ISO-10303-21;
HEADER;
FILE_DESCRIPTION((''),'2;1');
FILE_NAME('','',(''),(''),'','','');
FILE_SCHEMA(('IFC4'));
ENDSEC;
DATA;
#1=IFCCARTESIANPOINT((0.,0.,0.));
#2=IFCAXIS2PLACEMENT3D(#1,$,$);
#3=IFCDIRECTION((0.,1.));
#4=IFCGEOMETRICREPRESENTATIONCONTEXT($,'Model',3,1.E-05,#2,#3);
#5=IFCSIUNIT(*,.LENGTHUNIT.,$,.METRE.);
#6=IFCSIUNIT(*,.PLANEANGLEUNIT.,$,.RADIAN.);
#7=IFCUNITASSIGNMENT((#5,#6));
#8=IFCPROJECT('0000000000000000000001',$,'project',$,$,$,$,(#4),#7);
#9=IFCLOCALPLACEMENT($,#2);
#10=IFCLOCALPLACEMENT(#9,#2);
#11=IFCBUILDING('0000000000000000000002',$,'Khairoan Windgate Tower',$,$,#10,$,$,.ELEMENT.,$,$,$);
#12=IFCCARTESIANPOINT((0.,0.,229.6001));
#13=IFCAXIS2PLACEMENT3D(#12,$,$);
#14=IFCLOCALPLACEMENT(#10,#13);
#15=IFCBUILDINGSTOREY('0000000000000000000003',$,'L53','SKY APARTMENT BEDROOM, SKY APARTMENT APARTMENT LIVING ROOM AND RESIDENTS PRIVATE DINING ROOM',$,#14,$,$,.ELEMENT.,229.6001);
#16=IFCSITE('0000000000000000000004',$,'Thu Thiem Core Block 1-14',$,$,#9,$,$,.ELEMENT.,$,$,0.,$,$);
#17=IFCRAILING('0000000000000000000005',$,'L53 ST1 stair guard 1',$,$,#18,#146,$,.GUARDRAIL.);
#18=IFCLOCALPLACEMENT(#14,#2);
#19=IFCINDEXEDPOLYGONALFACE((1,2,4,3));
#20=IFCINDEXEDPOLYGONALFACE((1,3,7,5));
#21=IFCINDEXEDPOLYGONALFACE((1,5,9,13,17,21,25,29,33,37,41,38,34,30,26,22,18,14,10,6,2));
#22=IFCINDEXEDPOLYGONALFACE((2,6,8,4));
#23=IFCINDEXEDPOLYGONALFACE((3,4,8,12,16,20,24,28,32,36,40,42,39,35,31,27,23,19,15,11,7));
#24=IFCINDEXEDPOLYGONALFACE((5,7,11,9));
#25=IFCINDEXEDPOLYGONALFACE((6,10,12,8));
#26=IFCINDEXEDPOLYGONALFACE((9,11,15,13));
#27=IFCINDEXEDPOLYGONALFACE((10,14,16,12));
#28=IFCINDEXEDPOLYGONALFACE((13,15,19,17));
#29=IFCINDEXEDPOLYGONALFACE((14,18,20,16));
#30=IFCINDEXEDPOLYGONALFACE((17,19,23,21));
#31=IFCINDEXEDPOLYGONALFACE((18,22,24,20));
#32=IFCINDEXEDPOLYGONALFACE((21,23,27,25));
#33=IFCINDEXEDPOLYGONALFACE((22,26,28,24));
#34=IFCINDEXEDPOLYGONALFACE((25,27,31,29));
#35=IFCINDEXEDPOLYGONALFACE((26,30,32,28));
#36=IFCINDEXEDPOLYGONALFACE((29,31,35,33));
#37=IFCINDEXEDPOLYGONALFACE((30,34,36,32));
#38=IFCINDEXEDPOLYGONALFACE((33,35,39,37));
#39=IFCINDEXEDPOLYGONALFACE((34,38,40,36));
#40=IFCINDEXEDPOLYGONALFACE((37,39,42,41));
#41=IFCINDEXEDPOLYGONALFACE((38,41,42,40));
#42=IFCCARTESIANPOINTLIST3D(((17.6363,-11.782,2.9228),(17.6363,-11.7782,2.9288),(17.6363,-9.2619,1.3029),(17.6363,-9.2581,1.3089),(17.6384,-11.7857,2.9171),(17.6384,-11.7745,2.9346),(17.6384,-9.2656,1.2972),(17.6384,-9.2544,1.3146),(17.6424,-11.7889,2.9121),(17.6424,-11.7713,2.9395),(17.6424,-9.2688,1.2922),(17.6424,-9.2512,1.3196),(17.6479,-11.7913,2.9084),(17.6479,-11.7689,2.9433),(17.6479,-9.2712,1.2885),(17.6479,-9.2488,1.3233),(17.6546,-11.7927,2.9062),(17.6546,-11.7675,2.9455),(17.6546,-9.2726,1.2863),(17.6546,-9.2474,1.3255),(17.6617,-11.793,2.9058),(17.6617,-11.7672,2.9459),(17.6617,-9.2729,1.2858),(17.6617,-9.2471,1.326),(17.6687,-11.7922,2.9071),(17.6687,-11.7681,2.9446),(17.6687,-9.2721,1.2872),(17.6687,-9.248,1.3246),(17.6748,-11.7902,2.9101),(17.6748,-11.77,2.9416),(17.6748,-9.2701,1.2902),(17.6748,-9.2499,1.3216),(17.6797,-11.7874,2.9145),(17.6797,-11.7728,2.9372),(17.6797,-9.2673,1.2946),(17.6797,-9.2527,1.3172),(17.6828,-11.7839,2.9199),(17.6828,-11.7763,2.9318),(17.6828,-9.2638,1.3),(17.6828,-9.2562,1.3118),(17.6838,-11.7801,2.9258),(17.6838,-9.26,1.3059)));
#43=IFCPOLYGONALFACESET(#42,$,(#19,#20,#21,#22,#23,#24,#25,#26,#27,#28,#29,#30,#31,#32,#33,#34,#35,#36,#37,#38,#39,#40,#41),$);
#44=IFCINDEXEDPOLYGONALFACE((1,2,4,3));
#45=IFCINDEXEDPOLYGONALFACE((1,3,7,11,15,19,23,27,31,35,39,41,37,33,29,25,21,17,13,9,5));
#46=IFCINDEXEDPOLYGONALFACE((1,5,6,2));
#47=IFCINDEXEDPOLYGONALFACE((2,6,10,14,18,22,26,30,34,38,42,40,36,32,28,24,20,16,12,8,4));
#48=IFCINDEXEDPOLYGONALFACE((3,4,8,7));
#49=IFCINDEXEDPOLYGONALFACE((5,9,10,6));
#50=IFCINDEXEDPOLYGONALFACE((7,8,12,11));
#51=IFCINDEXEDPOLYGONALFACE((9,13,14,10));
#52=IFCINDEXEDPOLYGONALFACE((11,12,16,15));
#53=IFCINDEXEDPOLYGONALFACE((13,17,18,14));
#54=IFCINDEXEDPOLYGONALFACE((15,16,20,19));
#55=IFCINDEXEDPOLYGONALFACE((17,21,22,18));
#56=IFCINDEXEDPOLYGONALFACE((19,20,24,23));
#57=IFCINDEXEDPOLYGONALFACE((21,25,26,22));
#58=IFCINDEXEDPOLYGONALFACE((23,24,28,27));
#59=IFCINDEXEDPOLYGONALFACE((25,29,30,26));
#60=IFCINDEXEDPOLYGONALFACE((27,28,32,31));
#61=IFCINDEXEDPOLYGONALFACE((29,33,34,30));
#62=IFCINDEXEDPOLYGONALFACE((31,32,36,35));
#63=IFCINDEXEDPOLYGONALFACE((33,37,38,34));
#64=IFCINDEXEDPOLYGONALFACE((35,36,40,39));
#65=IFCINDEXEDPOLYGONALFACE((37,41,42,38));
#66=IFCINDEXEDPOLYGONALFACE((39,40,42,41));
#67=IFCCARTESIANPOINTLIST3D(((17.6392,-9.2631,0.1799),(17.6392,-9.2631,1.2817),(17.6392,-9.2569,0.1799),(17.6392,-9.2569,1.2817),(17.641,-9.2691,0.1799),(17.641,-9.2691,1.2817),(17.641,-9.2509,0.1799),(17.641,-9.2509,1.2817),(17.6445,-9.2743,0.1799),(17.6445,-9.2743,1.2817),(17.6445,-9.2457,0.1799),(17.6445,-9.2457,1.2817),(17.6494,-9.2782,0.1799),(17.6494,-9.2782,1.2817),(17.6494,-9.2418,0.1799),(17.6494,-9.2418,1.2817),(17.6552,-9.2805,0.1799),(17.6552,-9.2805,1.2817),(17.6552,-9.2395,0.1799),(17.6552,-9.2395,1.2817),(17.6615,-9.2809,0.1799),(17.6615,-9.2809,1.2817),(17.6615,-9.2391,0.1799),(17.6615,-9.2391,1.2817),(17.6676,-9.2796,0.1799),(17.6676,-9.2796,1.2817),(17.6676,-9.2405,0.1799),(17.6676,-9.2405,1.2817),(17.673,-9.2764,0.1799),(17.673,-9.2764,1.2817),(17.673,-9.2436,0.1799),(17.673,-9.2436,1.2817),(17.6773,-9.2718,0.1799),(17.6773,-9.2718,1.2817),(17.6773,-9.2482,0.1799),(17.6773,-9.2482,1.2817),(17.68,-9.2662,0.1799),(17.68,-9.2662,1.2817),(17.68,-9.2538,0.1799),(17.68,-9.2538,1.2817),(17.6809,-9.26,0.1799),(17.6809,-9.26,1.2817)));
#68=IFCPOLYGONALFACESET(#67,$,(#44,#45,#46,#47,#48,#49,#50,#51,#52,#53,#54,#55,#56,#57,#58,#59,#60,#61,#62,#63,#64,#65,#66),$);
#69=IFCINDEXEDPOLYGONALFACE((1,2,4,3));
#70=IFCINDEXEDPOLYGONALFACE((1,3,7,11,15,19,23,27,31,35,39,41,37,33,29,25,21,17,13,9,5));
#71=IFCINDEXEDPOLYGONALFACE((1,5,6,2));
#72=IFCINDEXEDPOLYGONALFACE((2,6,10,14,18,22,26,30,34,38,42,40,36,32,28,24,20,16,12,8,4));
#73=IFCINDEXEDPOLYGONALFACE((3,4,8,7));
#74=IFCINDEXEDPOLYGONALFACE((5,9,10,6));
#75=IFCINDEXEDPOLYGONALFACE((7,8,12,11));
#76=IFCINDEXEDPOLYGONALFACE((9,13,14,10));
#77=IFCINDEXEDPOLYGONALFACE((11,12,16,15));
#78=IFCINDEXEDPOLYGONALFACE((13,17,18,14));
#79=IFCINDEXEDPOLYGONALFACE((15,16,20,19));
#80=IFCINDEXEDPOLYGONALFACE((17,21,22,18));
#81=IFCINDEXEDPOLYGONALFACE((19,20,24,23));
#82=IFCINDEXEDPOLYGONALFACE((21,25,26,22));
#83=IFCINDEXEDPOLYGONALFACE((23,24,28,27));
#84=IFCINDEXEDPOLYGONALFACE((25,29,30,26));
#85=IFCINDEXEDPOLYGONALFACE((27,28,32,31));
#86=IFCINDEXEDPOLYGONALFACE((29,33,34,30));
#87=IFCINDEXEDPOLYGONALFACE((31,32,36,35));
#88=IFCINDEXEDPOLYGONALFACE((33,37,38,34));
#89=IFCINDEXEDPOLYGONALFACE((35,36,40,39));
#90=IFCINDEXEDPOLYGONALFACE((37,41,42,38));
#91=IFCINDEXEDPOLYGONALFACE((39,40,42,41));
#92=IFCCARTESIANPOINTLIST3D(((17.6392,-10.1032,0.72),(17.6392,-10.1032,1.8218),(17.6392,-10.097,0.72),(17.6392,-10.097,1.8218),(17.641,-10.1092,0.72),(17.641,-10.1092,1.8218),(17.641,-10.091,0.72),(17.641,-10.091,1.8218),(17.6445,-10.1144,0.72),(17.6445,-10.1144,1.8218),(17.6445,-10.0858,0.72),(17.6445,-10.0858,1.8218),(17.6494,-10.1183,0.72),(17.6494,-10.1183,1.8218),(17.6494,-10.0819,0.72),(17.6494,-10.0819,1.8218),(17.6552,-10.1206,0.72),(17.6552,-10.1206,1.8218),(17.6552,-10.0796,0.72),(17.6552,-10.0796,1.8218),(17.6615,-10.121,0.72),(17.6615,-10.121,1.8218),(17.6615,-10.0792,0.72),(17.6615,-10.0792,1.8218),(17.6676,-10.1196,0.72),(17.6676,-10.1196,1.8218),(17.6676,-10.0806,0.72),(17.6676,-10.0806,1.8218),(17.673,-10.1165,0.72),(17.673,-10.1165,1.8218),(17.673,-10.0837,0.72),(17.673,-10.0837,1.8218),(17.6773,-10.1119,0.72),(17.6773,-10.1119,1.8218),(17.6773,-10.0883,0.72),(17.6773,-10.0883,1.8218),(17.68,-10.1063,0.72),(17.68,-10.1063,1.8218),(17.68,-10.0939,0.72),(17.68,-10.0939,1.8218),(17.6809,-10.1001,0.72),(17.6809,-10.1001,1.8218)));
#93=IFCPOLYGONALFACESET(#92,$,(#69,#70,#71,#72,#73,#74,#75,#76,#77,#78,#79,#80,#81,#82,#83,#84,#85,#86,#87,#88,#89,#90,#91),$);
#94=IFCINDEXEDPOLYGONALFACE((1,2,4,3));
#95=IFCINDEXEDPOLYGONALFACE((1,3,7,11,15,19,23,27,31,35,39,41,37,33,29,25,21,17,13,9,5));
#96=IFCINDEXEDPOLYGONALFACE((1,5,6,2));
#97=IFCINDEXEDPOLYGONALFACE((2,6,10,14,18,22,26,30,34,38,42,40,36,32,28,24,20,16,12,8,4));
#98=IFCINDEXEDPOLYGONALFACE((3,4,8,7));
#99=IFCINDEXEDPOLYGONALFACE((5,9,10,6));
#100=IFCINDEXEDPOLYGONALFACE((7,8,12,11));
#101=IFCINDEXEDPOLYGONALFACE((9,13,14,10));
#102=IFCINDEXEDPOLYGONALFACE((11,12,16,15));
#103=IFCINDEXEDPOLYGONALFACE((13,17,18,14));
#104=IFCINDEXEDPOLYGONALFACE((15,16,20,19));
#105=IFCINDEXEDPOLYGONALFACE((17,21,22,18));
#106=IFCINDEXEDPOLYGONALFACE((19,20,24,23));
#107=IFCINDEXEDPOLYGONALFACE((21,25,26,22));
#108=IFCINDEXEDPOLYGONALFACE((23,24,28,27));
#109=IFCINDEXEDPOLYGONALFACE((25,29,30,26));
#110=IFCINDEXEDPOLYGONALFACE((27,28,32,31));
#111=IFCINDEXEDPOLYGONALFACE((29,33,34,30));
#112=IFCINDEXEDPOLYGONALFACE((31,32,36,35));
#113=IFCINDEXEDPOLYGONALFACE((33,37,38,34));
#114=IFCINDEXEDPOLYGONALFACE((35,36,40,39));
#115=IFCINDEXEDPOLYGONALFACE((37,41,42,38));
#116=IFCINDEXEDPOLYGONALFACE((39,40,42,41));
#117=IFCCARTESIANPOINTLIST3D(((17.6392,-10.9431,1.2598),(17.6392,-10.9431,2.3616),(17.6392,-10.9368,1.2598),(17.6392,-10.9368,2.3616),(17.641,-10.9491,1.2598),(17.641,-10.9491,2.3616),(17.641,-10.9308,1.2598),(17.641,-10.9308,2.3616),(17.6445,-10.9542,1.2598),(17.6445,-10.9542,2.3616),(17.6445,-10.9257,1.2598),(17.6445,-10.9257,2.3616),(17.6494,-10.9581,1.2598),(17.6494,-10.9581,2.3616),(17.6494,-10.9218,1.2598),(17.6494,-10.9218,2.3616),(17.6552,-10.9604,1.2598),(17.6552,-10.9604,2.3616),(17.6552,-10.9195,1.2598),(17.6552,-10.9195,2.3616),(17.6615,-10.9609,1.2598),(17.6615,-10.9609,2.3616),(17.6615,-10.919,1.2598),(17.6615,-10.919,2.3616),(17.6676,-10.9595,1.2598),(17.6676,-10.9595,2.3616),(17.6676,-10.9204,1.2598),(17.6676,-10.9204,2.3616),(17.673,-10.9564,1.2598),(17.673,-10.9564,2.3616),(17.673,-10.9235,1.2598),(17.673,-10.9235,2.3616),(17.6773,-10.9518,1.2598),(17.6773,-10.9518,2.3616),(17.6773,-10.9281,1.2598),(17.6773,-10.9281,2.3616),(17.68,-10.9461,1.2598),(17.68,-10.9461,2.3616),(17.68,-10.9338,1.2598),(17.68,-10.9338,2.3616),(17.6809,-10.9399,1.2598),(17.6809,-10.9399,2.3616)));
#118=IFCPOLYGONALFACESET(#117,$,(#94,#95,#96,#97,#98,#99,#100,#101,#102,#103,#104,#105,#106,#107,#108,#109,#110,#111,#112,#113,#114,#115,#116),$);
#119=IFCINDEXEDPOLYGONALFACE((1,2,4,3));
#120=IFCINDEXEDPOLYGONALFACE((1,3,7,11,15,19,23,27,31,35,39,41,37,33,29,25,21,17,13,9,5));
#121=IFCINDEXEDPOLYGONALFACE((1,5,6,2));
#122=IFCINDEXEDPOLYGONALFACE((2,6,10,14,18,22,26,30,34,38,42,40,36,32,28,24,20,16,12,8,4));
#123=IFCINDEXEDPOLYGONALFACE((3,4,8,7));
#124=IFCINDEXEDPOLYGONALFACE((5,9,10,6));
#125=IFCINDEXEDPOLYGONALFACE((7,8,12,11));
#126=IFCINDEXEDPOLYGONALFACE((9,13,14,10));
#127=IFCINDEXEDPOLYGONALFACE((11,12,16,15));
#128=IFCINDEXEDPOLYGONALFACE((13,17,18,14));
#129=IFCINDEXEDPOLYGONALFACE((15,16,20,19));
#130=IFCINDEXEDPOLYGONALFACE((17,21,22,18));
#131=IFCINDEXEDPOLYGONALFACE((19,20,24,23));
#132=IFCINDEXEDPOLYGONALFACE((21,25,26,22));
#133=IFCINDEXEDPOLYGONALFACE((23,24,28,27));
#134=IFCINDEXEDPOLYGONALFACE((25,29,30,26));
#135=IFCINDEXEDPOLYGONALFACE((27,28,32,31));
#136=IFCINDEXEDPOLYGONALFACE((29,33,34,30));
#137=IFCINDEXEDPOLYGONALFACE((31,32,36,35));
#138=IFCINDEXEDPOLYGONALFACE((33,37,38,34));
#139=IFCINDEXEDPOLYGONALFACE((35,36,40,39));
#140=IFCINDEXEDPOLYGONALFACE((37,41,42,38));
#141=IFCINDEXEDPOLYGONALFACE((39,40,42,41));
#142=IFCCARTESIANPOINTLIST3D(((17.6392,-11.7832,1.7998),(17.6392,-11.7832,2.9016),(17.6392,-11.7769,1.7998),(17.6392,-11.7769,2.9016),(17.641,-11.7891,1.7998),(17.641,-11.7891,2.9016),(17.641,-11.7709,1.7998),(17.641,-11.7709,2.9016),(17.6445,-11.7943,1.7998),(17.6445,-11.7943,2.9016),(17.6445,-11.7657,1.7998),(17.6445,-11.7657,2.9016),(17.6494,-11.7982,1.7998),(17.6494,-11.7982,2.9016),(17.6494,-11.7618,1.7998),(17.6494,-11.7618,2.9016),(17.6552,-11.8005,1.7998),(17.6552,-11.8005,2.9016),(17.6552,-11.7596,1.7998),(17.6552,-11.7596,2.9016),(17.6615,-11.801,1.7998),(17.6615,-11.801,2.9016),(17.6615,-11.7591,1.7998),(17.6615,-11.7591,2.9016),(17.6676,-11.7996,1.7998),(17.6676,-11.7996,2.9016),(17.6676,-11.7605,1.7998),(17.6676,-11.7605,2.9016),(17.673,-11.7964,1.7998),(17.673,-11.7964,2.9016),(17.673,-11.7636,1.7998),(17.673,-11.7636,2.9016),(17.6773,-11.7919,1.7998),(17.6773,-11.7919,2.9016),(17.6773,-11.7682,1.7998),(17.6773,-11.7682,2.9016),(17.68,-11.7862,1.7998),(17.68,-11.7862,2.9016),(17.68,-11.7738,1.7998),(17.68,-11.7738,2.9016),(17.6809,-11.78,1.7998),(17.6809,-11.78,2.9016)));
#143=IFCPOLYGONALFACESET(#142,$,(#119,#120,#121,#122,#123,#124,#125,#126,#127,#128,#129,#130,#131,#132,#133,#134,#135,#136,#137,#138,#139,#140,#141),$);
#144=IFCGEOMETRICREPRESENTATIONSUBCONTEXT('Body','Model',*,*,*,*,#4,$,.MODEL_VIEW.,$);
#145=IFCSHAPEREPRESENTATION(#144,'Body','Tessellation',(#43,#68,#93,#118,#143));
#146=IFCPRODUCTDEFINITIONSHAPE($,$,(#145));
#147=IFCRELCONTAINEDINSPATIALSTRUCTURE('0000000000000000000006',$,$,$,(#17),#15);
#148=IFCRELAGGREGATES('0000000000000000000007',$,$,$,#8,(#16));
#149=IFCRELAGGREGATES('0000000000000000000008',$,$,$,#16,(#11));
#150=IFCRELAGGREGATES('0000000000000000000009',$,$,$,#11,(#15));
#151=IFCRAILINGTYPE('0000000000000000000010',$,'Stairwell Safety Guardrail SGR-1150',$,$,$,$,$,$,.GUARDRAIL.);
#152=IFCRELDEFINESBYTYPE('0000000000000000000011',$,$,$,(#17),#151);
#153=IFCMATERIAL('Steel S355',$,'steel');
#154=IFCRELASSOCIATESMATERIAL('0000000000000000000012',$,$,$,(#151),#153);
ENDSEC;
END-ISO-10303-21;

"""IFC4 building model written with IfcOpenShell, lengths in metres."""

from ifc_helpers import new_model, si_unit, direction, frame, origin, origin_2d, place, context, subcontext, project, spatial, circle, extrude, material, type_object, element, save


model = new_model("IFC4")

# Units and contexts
model_context = context("Model", 3, precision=1e-05, world=origin(), true_north=direction((0.0, 1.0)))
body_context = subcontext(model_context, "Body", "Model", "MODEL_VIEW")
ifc_project = project(units=[si_unit("LENGTHUNIT", "METRE"), si_unit("PLANEANGLEUNIT", "RADIAN")], contexts=[model_context])

# Site, building, storey
site_placement = place(None, origin())
site = spatial("IfcSite", under=ifc_project, at=site_placement, Name="Thu Thiem Core Block 1-14", CompositionType="ELEMENT", RefElevation=0.0)
building_placement = place(site_placement, origin())
building = spatial("IfcBuilding", under=site, at=building_placement, Name="Khairoan Windgate Tower", CompositionType="ELEMENT")
storey_placement = place(building_placement, frame((0.0, 0.0, 229.6001)))
storey = spatial("IfcBuildingStorey", under=building, at=storey_placement, Name="L53", Description="SKY APARTMENT BEDROOM, SKY APARTMENT APARTMENT LIVING ROOM AND RESIDENTS PRIVATE DINING ROOM", CompositionType="ELEMENT", Elevation=229.6001)

# Railing
ifc_material_1 = material(Name="Steel S355", Category="steel")
railing_type_1 = type_object("IfcRailingType", Name="Stairwell Safety Guardrail SGR-1150", PredefinedType="GUARDRAIL", material=ifc_material_1)
railing_1_placement = place(storey_placement, frame((17.6599, -9.26, 0.1799)))
element("IfcRailing", 1, at=railing_1_placement, inside=storey, type_object=railing_type_1, Name="L53 ST1 stair guard 1", PredefinedType="GUARDRAIL", context=body_context, shape_type="SweptSolid", body=[
    extrude(circle(Radius=0.0239, at=origin_2d()), frame((0.0, 0.0, 1.126), z_axis=(0.0, -0.8412, 0.540725), x_axis=(1.0, 0.0, 0.0)), (0.0, 0.0, 1.0), 2.9958),
    extrude(circle(Radius=0.021, at=origin_2d()), origin(), (0.0, 0.0, 1.0), 1.1018),
    extrude(circle(Radius=0.021, at=origin_2d()), frame((0.0, -0.8401, 0.54)), (0.0, 0.0, 1.0), 1.1018),
    extrude(circle(Radius=0.021, at=origin_2d()), frame((0.0, -1.6799, 1.0798)), (0.0, 0.0, 1.0), 1.1018),
    extrude(circle(Radius=0.021, at=origin_2d()), frame((0.0, -2.52, 1.6199)), (0.0, 0.0, 1.0), 1.1018),
])

save(model, "model.ifc")
